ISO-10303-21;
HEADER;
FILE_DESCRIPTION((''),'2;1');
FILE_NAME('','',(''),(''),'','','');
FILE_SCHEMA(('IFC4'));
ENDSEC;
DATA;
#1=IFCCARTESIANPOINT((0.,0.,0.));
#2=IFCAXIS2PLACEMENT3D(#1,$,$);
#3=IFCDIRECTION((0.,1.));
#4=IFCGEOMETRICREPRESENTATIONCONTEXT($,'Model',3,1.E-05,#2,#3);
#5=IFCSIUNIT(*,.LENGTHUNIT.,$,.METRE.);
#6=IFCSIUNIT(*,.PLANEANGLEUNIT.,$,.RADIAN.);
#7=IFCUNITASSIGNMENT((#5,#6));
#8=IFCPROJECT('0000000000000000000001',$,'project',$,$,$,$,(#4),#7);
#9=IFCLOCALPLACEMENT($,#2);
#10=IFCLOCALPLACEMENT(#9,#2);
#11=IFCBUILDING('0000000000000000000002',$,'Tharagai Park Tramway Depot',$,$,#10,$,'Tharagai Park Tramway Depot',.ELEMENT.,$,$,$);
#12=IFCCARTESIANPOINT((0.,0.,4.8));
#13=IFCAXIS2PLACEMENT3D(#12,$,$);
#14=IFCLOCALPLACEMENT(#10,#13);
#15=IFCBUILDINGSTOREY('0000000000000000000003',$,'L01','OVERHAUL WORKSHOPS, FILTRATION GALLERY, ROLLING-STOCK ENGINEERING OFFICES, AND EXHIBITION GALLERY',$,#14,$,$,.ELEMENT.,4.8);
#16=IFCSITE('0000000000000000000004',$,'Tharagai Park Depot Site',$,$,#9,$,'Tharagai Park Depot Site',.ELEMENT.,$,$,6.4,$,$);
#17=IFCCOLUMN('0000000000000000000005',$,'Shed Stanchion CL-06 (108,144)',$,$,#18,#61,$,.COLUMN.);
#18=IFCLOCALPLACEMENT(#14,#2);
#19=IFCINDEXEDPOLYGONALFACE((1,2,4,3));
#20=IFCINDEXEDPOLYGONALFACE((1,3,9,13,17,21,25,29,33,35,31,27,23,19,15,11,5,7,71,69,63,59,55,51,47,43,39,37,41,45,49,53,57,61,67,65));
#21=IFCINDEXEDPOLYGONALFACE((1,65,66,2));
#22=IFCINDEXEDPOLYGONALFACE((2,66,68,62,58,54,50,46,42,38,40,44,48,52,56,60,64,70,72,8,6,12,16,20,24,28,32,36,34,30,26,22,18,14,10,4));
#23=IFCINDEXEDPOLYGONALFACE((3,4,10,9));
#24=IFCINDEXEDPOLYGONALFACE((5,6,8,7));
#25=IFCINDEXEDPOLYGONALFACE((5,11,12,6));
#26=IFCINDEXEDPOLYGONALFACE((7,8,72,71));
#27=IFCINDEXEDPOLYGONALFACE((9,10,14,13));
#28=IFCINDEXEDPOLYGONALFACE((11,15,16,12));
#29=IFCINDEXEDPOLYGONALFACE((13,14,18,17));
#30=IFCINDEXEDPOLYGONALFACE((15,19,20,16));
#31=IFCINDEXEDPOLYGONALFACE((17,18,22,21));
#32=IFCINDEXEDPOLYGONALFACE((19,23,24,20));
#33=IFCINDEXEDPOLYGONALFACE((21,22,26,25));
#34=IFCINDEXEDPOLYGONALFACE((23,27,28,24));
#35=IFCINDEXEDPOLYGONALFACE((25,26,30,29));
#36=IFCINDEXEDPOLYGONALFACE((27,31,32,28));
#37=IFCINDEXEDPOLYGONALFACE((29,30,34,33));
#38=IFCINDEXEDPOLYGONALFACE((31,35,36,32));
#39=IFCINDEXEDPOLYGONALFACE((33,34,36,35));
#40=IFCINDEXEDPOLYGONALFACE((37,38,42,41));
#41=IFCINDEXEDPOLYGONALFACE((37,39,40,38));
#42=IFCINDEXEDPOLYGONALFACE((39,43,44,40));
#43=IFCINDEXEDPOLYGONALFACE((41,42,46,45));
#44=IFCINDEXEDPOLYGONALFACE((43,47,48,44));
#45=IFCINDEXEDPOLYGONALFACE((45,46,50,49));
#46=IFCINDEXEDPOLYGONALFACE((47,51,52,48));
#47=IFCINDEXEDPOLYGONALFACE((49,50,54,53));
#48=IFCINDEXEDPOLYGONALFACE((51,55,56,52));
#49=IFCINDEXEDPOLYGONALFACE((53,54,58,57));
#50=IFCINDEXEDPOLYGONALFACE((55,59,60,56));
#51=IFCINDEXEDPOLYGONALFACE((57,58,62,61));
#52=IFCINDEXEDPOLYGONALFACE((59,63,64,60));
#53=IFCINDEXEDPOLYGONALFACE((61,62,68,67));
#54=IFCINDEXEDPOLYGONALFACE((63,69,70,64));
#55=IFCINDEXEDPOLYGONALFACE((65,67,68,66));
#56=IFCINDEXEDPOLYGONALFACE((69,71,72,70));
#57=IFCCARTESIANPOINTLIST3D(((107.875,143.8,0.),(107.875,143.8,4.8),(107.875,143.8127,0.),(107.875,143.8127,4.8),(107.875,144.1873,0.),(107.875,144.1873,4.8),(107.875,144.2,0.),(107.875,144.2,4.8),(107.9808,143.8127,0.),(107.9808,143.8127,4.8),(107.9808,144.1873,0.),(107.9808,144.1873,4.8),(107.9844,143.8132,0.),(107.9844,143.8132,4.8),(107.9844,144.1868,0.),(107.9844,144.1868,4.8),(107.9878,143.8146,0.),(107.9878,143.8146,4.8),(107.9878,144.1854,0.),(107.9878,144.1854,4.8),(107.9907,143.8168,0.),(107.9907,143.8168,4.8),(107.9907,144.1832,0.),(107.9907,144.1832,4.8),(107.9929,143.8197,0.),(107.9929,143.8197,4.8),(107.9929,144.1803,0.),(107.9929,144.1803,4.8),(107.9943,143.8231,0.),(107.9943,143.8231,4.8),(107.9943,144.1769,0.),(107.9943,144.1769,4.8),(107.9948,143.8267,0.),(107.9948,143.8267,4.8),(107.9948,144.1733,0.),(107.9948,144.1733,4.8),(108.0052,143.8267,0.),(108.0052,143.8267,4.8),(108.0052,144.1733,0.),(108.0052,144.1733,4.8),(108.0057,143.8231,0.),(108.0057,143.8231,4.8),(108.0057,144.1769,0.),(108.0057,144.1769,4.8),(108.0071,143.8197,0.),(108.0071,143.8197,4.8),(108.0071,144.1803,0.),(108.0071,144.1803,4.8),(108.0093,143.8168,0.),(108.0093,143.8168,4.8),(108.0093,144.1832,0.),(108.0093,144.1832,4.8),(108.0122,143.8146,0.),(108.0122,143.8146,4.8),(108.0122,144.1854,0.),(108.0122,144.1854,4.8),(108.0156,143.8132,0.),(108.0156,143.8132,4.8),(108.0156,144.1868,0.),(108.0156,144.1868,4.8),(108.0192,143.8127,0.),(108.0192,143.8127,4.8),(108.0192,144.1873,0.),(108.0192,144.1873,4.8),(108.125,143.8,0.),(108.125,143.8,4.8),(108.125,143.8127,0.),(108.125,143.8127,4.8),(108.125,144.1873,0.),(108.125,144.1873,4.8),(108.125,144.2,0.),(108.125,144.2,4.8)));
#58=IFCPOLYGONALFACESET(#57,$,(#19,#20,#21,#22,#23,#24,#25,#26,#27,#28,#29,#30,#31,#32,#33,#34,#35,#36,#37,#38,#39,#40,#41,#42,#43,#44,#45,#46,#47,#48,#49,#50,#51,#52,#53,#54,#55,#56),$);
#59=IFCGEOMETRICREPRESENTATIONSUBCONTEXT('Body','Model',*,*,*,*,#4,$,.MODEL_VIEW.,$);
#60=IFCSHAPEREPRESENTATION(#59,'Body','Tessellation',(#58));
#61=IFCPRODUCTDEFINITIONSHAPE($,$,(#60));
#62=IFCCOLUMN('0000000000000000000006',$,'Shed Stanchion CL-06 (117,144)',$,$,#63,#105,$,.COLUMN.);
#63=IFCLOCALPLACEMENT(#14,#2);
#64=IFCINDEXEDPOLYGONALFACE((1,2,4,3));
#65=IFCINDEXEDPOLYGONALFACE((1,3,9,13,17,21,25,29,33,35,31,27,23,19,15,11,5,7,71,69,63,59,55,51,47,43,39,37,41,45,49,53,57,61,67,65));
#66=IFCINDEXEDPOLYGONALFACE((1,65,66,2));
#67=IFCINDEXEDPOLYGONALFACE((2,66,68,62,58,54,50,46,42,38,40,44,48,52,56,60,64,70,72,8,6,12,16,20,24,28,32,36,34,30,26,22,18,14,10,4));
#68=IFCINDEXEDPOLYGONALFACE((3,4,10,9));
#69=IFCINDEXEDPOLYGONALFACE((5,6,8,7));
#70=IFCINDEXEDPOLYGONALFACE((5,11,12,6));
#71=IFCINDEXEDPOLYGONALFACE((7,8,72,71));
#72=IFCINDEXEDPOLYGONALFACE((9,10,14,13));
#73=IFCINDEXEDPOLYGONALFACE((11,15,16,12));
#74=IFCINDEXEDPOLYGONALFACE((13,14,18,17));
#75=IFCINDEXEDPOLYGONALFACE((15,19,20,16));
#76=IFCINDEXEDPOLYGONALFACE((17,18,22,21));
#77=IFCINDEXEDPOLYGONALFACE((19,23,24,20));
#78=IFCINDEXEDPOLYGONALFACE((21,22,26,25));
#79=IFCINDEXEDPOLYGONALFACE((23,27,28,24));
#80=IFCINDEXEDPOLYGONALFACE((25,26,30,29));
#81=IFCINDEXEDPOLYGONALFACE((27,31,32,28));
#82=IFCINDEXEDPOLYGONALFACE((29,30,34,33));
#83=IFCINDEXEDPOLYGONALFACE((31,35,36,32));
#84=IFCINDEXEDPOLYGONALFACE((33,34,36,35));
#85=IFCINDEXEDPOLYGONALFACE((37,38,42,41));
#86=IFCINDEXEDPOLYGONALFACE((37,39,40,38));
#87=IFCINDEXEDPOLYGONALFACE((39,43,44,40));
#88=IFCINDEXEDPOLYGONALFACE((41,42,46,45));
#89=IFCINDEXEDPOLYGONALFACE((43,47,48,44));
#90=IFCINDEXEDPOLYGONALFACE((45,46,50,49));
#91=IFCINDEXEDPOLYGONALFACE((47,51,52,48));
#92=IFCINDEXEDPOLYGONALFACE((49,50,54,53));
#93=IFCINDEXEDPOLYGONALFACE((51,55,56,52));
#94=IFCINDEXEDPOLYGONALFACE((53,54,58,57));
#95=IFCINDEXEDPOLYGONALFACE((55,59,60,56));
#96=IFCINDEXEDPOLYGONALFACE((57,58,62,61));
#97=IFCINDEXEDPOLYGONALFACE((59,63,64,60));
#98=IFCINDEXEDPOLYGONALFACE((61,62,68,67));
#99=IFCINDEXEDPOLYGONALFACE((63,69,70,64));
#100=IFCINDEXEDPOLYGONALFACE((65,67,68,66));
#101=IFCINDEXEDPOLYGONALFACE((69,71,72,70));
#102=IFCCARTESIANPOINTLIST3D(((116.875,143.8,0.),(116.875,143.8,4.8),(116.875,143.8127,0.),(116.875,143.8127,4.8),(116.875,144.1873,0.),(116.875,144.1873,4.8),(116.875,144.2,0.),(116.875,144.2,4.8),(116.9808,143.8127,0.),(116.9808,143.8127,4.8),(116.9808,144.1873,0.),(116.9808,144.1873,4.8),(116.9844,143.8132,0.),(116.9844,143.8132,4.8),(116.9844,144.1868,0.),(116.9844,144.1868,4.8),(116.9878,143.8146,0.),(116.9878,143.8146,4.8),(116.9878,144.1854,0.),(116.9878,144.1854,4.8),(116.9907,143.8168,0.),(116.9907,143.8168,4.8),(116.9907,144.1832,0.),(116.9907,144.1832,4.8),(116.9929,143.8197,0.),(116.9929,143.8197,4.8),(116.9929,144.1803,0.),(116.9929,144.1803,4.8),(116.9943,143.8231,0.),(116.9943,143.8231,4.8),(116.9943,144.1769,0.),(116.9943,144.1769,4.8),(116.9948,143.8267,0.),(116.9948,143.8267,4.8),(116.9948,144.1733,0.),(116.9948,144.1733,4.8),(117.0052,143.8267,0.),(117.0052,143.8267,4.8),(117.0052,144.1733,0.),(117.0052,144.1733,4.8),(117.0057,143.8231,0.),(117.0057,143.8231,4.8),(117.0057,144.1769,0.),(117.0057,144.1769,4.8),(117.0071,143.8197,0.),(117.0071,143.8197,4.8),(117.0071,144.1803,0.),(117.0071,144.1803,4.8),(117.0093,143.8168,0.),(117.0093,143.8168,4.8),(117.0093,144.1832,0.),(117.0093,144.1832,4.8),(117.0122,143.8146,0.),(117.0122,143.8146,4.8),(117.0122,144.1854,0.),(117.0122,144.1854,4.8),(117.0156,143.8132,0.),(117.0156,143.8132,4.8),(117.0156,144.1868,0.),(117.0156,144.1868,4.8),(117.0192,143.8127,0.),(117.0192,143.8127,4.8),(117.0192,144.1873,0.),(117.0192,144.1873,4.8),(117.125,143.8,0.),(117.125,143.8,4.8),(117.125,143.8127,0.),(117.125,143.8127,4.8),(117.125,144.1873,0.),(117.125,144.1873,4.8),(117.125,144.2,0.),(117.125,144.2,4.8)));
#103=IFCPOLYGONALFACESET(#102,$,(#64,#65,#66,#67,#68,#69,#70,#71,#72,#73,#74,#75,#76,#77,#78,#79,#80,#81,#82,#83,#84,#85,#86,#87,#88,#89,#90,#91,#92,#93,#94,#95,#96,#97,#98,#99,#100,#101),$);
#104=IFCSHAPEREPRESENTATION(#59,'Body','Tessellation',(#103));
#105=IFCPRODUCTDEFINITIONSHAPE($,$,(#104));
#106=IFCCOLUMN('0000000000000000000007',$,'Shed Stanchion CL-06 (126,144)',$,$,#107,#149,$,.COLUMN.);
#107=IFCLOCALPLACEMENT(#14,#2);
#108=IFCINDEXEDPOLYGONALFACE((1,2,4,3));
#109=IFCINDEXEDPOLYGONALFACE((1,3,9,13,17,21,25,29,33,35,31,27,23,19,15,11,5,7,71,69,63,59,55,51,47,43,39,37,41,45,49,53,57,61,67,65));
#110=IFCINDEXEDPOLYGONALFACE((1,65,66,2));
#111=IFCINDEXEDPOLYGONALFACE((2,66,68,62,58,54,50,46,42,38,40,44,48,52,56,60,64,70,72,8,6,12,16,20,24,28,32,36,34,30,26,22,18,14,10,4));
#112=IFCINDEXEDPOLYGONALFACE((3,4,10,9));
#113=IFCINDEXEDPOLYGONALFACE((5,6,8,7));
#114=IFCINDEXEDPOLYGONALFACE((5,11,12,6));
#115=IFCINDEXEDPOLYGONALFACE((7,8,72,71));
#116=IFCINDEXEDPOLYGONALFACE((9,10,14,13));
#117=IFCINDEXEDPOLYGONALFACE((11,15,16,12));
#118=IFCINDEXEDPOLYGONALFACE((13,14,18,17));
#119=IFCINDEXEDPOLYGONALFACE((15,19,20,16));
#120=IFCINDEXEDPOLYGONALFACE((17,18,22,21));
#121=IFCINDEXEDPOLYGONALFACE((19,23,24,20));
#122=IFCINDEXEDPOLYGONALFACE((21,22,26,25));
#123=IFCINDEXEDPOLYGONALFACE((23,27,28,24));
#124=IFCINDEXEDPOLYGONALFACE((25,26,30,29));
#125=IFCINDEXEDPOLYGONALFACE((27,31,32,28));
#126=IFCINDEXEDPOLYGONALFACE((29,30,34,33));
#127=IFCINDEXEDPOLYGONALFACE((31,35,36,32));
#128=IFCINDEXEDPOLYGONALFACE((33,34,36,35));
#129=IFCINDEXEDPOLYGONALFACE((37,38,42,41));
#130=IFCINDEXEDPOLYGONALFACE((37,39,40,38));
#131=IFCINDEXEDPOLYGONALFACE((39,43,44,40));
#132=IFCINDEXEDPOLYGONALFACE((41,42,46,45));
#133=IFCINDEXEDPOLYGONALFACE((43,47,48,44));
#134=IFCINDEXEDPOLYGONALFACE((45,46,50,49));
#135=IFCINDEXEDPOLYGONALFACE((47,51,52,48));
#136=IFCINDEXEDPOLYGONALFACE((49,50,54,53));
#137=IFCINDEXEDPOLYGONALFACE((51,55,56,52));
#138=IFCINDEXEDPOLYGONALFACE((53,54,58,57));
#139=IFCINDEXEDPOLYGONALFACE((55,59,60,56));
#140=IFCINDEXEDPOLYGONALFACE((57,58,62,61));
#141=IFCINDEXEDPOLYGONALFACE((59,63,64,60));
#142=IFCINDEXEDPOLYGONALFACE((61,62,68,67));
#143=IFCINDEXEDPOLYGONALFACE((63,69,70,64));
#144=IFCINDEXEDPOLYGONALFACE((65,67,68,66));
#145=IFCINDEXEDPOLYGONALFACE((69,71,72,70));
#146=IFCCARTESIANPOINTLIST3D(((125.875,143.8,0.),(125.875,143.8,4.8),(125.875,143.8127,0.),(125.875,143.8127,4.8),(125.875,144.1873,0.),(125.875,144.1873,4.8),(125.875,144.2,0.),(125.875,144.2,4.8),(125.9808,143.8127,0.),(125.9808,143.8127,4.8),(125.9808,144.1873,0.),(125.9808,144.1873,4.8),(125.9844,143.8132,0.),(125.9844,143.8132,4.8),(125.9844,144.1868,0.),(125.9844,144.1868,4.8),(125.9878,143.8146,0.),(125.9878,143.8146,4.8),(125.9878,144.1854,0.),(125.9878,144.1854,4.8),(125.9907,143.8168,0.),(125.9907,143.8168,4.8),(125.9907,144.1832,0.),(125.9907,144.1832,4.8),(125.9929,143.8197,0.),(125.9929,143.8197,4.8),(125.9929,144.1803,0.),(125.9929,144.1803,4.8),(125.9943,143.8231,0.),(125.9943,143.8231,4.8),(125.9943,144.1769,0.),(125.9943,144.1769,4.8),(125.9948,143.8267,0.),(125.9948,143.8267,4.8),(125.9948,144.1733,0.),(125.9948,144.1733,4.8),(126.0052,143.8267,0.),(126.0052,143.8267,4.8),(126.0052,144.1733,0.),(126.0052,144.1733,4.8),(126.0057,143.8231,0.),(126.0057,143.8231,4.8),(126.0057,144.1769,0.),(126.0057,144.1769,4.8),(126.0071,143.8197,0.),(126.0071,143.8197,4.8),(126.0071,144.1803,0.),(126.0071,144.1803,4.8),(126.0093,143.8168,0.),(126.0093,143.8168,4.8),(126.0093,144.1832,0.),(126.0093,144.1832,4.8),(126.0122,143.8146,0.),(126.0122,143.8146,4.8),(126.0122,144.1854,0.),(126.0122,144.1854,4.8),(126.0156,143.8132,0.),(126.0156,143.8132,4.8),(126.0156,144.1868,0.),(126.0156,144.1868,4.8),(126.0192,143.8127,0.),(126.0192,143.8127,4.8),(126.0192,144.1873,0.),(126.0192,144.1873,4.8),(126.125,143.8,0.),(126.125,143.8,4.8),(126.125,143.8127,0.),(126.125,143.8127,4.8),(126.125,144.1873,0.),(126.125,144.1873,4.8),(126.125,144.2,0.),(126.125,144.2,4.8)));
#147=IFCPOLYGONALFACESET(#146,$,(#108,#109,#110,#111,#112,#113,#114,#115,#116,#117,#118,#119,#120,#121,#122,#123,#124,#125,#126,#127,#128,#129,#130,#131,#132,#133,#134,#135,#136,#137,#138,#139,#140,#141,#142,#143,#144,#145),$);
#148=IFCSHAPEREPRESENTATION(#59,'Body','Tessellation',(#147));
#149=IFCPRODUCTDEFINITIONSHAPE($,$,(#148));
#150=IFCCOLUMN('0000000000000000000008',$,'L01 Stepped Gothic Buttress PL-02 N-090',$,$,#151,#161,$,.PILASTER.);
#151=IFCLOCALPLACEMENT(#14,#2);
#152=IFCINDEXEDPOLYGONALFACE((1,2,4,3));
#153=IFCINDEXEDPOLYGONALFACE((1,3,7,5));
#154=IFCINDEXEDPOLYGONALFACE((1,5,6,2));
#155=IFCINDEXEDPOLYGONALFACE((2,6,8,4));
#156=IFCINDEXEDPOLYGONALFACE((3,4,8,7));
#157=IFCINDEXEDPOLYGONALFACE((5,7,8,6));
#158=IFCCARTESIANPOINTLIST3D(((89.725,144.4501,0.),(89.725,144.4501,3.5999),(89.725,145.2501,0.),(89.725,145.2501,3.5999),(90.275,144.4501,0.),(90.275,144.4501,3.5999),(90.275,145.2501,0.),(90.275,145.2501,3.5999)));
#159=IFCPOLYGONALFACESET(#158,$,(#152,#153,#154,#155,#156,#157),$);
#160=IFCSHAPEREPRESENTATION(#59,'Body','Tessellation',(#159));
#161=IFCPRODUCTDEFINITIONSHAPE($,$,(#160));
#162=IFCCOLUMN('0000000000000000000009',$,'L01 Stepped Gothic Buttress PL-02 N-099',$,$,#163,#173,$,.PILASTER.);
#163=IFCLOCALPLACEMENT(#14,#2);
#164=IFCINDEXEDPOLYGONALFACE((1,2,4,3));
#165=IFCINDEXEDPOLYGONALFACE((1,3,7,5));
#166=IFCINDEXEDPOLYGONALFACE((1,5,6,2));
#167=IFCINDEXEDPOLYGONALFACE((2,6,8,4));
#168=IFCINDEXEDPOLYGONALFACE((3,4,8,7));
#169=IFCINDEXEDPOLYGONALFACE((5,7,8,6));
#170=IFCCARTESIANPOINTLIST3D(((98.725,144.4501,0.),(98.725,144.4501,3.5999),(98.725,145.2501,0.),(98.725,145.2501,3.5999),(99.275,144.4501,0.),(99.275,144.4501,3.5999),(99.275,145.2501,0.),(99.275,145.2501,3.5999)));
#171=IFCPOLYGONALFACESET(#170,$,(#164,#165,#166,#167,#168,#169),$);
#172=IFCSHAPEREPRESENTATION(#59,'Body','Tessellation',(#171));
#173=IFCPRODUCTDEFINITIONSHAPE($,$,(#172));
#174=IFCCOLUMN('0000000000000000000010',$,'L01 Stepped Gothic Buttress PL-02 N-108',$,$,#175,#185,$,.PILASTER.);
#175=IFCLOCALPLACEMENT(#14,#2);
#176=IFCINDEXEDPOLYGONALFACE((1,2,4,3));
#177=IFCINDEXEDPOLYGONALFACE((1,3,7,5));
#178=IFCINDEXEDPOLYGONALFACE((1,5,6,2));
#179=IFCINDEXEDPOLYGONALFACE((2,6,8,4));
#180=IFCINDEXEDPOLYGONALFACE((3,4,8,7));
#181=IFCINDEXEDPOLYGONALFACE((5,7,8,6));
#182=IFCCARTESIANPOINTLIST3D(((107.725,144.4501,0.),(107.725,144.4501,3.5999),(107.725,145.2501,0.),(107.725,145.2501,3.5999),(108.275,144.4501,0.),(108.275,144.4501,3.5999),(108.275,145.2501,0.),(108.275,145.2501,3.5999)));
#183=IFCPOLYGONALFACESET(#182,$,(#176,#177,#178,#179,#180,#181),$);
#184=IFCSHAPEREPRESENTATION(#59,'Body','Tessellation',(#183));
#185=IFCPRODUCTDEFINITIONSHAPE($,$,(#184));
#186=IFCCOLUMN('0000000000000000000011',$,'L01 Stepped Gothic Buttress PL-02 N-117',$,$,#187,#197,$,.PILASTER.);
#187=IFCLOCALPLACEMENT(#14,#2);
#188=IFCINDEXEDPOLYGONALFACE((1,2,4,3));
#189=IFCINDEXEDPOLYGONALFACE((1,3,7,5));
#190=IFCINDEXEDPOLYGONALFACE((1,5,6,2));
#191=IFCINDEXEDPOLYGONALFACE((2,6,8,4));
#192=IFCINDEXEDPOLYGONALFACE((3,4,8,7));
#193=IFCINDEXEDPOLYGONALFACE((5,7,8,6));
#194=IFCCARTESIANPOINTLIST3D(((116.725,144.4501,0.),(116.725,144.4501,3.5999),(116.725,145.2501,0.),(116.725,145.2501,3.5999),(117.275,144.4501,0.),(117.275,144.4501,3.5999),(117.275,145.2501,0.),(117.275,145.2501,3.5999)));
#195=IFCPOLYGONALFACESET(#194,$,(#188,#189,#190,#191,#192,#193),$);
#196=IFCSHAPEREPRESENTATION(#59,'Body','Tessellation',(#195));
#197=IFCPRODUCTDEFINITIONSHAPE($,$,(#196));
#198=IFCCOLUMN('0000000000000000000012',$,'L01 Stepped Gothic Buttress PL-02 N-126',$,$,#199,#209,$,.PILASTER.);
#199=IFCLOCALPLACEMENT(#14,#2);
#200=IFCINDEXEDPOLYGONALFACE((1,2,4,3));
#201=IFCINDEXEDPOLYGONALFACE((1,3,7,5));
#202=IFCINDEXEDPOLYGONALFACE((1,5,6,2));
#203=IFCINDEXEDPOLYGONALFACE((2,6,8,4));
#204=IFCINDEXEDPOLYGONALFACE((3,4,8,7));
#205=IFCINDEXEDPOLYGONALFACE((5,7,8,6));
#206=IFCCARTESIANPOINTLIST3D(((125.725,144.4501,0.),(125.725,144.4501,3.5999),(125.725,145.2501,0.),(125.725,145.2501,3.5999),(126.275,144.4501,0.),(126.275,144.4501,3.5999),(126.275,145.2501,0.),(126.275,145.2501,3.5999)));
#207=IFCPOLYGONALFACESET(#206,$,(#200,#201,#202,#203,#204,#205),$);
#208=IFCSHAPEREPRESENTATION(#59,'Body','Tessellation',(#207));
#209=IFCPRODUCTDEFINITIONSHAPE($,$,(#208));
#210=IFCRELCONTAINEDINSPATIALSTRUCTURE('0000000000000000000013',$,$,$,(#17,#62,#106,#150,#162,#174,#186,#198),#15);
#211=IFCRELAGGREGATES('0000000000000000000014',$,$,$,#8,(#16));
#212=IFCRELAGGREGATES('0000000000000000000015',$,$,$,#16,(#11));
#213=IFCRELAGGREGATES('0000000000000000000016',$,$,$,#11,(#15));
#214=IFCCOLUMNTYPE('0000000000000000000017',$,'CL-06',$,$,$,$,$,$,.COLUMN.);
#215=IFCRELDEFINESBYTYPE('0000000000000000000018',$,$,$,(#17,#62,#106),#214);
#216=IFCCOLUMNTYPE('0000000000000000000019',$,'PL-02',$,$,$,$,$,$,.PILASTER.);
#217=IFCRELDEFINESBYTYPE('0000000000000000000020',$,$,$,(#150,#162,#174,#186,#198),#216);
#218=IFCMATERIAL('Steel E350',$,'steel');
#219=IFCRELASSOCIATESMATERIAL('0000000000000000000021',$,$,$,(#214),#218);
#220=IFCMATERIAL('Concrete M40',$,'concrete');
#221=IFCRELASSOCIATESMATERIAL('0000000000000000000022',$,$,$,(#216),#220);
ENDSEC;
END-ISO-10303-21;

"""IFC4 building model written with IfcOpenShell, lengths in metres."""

from ifc_helpers import new_model, si_unit, direction, frame, origin, origin_2d, place, context, subcontext, project, spatial, rectangle, i_section, extrude, material, material_profile, profile_set, type_object, element, save


model = new_model("IFC4")

# Units and contexts
model_context = context("Model", 3, precision=1e-05, world=origin(), true_north=direction((0.0, 1.0)))
body_context = subcontext(model_context, "Body", "Model", "MODEL_VIEW")
ifc_project = project(units=[si_unit("LENGTHUNIT", "METRE"), si_unit("PLANEANGLEUNIT", "RADIAN")], contexts=[model_context])

# Site, building, storey
site_placement = place(None, origin())
site = spatial("IfcSite", under=ifc_project, at=site_placement, Name="Tharagai Park Depot Site", LongName="Tharagai Park Depot Site", CompositionType="ELEMENT", RefElevation=6.4)
building_placement = place(site_placement, origin())
building = spatial("IfcBuilding", under=site, at=building_placement, Name="Tharagai Park Tramway Depot", LongName="Tharagai Park Tramway Depot", CompositionType="ELEMENT")
storey_placement = place(building_placement, frame((0.0, 0.0, 4.8)))
storey = spatial("IfcBuildingStorey", under=building, at=storey_placement, Name="L01", Description="OVERHAUL WORKSHOPS, FILTRATION GALLERY, ROLLING-STOCK ENGINEERING OFFICES, AND EXHIBITION GALLERY", CompositionType="ELEMENT", Elevation=4.8)

# Columns
ifc_material_1 = material(Name="Steel E350", Category="steel")
ifc_material_profile_1 = material_profile(ifc_material_1, i_section(OverallWidth=0.25, OverallDepth=0.3999, WebThickness=0.0105, FlangeThickness=0.0127, FilletRadius=0.0139, at=origin_2d()), Name="ISHB 400")
ifc_profile_set_1 = profile_set([ifc_material_profile_1], Name="Steel E350")
column_type_1 = type_object("IfcColumnType", Name="CL-06", PredefinedType="COLUMN", material=ifc_profile_set_1)
for number, where, z_axis, x_axis, name in (
    (1, (108.0, 144.0, 0.0), (0.0, 0.0, 1.0), (1.0, 0.0, 0.0), "Shed Stanchion CL-06 (108,144)"),
    (2, (117.0, 144.0, 0.0), (0.0, 0.0, 1.0), (1.0, 0.0, 0.0), "Shed Stanchion CL-06 (117,144)"),
    (3, (126.0, 144.0, 0.0), (0.0, 0.0, 1.0), (1.0, 0.0, 0.0), "Shed Stanchion CL-06 (126,144)"),
):
    element("IfcColumn", number, at=place(storey_placement, frame(where, z_axis=z_axis, x_axis=x_axis)), inside=storey, type_object=column_type_1, Name=name, PredefinedType="COLUMN", context=body_context, shape_type="SweptSolid", body=[
        extrude(i_section(OverallWidth=0.25, OverallDepth=0.3999, WebThickness=0.0105, FlangeThickness=0.0127, FilletRadius=0.0139, at=origin_2d()), origin(), (0.0, 0.0, 1.0), 4.8),
    ])
ifc_material_2 = material(Name="Concrete M40", Category="concrete")
ifc_material_profile_2 = material_profile(ifc_material_2, rectangle(XDim=0.55, YDim=0.8, at=origin_2d()), Name="RC 550x800")
ifc_profile_set_2 = profile_set([ifc_material_profile_2], Name="Concrete M40")
column_type_2 = type_object("IfcColumnType", Name="PL-02", PredefinedType="PILASTER", material=ifc_profile_set_2)
for number, where, z_axis, x_axis, name in (
    (4, (90.0, 144.8501, 0.0), (0.0, 0.0, 1.0), (1.0, 0.0, 0.0), "L01 Stepped Gothic Buttress PL-02 N-090"),
    (5, (99.0, 144.8501, 0.0), (0.0, 0.0, 1.0), (1.0, 0.0, 0.0), "L01 Stepped Gothic Buttress PL-02 N-099"),
    (6, (108.0, 144.8501, 0.0), (0.0, 0.0, 1.0), (1.0, 0.0, 0.0), "L01 Stepped Gothic Buttress PL-02 N-108"),
    (7, (117.0, 144.8501, 0.0), (0.0, 0.0, 1.0), (1.0, 0.0, 0.0), "L01 Stepped Gothic Buttress PL-02 N-117"),
    (8, (126.0, 144.8501, 0.0), (0.0, 0.0, 1.0), (1.0, 0.0, 0.0), "L01 Stepped Gothic Buttress PL-02 N-126"),
):
    element("IfcColumn", number, at=place(storey_placement, frame(where, z_axis=z_axis, x_axis=x_axis)), inside=storey, type_object=column_type_2, Name=name, PredefinedType="PILASTER", context=body_context, shape_type="SweptSolid", body=[
        extrude(rectangle(XDim=0.55, YDim=0.8, at=origin_2d()), origin(), (0.0, 0.0, 1.0), 3.5999),
    ])

save(model, "model.ifc")
